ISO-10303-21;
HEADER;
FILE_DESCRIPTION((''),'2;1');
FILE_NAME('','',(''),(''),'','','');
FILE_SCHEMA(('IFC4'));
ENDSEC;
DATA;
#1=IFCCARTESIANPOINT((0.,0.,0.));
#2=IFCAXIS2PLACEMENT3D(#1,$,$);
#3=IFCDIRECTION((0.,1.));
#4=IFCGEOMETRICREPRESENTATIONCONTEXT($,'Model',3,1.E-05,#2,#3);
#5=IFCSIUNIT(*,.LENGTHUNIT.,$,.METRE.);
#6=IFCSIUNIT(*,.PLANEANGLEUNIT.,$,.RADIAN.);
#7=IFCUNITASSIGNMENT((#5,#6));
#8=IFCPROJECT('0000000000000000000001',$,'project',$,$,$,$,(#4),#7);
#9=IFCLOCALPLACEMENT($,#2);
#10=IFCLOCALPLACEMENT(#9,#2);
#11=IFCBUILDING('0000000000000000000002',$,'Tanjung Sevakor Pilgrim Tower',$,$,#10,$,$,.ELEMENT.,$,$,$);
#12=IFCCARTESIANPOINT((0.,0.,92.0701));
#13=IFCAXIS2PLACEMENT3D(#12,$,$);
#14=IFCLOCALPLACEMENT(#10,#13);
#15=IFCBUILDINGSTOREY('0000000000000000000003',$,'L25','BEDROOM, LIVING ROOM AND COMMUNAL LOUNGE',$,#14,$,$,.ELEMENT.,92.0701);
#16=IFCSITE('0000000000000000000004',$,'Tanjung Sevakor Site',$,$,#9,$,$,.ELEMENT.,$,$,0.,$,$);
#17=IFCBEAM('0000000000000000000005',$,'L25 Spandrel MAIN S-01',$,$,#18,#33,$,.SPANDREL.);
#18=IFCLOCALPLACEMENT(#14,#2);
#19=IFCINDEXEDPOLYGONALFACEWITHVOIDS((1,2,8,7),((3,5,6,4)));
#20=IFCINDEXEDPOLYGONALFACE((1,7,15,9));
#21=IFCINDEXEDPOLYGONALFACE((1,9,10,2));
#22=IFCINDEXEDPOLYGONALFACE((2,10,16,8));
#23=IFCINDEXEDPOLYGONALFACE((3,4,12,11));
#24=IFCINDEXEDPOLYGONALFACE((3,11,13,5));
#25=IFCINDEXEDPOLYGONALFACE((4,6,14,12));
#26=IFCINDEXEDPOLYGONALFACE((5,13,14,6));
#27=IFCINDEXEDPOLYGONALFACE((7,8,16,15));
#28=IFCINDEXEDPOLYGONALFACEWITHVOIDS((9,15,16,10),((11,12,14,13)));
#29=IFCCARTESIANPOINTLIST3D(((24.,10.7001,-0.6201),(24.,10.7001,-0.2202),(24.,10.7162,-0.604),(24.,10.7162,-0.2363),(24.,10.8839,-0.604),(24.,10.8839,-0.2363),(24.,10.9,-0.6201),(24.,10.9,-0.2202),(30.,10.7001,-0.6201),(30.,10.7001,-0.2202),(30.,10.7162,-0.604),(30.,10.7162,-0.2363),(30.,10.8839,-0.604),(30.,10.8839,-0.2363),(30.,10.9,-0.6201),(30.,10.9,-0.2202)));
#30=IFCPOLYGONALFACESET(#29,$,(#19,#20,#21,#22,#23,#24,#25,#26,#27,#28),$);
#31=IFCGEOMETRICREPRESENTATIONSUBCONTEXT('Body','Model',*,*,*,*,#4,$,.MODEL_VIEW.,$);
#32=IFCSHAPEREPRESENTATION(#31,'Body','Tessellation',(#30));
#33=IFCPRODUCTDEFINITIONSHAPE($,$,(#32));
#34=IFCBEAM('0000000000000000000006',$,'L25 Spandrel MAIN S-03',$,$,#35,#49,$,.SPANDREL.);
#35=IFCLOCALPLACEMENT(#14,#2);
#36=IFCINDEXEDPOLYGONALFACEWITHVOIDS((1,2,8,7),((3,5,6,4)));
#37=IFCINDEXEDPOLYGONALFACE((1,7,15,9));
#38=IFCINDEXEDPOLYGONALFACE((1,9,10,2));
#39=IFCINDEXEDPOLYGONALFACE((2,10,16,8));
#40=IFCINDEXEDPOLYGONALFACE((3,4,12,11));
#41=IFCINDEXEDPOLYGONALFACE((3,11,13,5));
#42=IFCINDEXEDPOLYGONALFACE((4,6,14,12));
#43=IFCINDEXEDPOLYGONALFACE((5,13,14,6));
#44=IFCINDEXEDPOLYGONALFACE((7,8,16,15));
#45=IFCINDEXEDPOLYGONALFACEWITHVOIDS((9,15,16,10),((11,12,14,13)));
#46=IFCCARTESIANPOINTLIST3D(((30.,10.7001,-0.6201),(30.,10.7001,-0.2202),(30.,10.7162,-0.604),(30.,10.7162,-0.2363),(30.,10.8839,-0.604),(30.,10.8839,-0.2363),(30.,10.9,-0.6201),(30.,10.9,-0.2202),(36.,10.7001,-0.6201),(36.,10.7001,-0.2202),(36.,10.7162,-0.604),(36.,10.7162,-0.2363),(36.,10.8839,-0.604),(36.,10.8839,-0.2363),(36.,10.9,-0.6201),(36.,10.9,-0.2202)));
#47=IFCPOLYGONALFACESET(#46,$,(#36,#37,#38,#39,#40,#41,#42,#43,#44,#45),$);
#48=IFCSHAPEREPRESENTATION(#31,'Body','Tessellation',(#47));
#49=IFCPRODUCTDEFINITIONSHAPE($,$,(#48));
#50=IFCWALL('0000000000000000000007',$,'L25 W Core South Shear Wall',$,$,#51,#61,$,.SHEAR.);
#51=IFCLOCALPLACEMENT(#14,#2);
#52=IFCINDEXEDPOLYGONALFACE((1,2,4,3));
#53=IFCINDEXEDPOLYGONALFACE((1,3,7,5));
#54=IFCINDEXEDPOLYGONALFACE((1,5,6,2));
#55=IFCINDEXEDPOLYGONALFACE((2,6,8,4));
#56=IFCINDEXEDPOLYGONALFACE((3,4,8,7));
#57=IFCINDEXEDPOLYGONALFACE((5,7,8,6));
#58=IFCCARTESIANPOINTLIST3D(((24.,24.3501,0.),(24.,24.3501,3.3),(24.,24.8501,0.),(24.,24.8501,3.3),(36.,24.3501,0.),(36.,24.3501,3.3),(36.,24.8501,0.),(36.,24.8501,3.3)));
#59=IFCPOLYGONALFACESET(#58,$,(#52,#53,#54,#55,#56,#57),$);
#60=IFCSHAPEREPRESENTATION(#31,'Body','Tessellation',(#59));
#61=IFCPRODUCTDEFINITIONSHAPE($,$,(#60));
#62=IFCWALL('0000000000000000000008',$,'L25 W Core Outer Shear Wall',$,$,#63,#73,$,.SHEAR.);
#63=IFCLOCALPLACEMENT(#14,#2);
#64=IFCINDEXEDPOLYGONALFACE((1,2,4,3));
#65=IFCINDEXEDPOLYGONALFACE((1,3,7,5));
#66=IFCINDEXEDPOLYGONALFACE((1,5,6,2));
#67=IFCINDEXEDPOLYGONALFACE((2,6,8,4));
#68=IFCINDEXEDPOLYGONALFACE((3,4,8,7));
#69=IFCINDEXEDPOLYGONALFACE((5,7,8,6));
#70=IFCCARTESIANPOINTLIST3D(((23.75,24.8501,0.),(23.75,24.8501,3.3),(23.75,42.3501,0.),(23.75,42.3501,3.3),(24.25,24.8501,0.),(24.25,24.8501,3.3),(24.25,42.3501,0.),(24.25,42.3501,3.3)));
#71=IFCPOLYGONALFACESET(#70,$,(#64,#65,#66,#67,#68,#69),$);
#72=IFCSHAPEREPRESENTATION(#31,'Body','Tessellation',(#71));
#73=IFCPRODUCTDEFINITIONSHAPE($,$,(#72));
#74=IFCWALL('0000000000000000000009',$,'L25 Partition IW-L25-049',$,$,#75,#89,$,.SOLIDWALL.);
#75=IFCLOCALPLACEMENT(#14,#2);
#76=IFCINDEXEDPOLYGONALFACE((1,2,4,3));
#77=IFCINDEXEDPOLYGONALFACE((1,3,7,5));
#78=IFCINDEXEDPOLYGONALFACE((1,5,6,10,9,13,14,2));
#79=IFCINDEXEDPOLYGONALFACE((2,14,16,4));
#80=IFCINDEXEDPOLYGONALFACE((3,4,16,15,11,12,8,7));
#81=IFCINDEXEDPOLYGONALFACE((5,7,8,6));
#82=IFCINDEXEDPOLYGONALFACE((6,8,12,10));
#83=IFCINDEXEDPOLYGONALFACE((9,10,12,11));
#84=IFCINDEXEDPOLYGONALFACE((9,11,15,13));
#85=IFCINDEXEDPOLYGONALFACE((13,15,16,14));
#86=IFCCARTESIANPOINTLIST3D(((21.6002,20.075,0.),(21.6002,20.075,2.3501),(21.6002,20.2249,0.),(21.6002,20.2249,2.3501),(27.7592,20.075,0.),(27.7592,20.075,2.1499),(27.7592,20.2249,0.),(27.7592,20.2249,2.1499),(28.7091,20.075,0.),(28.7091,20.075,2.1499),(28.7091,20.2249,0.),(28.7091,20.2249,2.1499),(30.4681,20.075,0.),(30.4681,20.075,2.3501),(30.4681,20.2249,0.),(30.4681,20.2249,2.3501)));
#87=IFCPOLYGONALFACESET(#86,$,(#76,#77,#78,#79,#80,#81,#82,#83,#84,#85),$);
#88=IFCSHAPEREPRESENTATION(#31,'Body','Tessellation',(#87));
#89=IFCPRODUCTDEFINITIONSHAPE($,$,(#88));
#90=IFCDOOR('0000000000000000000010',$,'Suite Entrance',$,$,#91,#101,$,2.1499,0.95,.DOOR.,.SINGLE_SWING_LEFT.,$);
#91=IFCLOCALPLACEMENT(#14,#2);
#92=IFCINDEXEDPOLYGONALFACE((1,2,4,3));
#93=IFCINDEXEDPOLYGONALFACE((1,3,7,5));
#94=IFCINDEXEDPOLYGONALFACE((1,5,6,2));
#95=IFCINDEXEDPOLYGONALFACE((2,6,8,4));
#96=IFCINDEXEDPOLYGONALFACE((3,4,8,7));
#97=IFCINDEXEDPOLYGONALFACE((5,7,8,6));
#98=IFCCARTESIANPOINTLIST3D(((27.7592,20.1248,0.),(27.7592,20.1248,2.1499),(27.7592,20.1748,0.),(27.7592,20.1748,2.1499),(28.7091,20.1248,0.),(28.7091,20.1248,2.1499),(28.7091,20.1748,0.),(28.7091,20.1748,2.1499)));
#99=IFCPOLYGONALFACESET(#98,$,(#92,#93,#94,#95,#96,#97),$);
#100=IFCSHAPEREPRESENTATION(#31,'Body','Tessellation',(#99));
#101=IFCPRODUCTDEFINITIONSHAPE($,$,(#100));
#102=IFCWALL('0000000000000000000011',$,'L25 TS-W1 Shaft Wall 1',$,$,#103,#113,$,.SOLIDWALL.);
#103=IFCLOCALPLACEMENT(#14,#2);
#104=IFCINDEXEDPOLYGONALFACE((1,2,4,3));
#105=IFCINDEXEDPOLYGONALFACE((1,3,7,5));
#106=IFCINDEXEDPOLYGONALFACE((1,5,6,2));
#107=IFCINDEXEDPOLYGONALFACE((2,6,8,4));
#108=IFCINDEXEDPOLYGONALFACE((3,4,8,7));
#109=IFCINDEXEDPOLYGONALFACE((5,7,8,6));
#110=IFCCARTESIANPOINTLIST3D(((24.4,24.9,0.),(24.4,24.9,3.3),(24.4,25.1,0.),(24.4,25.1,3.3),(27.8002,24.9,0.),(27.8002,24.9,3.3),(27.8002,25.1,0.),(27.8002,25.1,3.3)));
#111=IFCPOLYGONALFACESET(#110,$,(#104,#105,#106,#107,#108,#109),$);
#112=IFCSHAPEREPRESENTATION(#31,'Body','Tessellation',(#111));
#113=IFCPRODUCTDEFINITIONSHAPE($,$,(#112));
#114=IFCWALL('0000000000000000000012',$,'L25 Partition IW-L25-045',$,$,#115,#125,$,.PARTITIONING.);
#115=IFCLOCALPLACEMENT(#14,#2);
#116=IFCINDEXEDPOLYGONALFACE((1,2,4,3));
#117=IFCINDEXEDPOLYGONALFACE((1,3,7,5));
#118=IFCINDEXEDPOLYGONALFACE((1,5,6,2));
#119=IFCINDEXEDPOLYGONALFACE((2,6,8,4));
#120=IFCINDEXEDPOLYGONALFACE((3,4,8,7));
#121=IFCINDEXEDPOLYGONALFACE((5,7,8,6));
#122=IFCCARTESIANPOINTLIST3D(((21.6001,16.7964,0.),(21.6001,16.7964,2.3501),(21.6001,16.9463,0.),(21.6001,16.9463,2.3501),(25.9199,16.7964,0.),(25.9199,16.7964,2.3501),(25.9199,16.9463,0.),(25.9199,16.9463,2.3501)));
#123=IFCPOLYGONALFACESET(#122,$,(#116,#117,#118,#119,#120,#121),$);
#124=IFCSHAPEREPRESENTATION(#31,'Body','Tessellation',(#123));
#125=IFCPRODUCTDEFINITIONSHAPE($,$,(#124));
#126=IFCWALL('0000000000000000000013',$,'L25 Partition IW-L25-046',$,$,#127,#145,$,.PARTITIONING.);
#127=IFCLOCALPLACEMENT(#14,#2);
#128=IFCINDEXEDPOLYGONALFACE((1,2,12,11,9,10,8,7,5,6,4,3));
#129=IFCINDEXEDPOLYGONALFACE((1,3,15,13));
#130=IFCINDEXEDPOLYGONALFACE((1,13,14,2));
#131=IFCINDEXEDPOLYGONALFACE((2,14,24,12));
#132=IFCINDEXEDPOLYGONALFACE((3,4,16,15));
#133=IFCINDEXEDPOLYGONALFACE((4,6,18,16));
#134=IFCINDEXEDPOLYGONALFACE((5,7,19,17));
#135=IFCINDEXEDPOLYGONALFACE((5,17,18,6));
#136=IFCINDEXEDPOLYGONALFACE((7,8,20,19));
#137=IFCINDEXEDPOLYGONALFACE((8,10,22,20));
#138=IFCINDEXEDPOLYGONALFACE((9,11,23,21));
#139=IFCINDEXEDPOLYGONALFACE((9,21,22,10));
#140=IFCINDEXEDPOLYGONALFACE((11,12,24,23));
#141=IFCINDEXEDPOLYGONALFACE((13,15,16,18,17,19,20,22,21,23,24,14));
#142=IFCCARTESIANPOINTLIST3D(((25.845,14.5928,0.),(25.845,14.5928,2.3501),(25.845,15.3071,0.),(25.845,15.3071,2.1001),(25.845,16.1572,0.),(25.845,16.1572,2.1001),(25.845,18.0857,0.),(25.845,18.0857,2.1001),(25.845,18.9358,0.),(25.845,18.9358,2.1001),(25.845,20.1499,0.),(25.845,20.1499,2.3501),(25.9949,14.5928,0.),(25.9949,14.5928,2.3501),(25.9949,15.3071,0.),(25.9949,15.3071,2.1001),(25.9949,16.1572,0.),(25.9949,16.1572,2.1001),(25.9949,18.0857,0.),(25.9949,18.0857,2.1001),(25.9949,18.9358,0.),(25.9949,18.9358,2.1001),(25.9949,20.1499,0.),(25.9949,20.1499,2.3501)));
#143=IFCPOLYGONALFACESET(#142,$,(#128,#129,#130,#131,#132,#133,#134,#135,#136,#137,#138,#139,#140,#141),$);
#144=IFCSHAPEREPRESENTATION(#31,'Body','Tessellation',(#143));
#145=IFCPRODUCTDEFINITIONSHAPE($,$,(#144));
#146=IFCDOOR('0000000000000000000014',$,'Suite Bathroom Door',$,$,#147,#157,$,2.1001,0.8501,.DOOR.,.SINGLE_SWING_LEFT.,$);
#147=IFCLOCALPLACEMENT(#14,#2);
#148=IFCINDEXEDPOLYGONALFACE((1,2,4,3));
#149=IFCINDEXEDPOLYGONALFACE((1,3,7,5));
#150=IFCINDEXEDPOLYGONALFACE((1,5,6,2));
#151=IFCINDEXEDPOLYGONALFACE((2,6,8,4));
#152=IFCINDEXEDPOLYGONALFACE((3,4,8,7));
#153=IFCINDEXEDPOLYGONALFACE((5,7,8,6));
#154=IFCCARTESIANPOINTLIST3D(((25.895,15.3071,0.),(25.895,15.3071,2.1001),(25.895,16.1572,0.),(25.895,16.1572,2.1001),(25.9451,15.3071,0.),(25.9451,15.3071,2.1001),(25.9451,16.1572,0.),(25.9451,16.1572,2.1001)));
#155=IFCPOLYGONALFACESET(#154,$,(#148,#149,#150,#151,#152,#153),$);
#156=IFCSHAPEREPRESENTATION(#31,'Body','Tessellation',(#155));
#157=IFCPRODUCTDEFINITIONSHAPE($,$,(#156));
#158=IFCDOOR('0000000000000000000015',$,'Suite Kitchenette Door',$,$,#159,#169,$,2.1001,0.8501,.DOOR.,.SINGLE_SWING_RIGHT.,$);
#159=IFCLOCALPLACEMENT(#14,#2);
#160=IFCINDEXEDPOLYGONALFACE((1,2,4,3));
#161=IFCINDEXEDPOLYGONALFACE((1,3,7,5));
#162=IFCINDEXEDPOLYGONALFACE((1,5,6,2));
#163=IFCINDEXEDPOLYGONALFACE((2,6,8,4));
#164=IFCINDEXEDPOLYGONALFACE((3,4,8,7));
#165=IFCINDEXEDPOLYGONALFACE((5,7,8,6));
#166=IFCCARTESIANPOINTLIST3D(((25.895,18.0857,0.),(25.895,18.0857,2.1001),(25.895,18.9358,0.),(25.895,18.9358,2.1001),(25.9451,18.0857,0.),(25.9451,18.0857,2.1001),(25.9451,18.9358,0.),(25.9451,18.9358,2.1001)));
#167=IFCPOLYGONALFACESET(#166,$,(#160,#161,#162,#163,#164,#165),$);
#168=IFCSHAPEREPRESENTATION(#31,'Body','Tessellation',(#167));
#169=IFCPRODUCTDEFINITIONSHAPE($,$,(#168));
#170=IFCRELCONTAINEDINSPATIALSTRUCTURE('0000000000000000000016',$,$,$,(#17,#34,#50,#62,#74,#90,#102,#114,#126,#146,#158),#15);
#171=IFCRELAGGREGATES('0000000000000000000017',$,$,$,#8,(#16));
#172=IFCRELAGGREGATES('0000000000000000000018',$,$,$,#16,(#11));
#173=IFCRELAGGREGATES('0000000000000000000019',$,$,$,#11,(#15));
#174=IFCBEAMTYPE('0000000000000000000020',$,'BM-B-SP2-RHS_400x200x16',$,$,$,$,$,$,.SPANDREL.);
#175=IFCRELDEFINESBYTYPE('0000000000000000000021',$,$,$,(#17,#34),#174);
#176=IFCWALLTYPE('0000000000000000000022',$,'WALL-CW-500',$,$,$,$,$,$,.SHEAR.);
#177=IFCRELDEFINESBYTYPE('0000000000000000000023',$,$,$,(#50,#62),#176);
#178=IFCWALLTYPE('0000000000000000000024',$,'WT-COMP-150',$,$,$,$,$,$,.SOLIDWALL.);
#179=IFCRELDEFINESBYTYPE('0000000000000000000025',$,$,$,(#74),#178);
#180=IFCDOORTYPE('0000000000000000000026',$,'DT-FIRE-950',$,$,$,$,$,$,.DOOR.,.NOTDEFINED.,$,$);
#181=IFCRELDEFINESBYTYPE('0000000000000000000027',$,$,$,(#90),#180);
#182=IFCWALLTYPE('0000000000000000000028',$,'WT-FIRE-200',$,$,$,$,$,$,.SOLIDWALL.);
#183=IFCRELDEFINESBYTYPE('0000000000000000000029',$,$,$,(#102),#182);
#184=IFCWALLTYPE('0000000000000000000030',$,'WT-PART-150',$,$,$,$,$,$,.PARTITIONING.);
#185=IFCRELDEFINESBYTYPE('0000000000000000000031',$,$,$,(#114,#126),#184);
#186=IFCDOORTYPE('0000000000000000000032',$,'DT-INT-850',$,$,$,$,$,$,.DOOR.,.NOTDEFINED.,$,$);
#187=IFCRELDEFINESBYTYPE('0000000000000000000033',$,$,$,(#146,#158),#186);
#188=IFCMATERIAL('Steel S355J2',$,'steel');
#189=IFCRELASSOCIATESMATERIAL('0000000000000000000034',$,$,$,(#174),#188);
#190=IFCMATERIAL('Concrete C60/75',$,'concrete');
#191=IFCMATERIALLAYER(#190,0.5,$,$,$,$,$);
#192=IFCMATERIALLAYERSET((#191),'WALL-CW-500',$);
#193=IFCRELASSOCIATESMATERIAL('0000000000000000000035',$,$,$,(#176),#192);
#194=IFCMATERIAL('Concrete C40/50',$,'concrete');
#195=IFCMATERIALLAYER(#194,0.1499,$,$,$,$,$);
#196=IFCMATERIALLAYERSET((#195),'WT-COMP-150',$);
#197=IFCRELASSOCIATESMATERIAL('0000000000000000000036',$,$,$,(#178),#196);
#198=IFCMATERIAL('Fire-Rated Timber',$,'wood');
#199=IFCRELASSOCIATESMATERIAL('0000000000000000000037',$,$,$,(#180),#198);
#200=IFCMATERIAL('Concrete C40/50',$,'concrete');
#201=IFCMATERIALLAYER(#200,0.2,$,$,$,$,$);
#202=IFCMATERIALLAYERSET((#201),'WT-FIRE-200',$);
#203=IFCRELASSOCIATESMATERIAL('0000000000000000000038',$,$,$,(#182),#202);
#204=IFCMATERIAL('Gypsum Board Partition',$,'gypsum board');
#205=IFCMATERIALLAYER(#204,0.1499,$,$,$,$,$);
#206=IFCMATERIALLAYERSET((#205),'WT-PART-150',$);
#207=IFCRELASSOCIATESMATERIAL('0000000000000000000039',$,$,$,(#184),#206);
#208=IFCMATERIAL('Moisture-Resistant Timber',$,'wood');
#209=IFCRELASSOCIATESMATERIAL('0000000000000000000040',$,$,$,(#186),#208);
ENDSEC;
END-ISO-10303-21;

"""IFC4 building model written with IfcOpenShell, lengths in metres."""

from ifc_helpers import new_model, si_unit, direction, frame, frame_2d, origin, origin_2d, place, context, subcontext, project, spatial, rectangle, hollow_rectangle, extrude, material, layer, layer_set, material_profile, profile_set, type_object, element, fill, save


model = new_model("IFC4")

# Units and contexts
model_context = context("Model", 3, precision=1e-05, world=origin(), true_north=direction((0.0, 1.0)))
body_context = subcontext(model_context, "Body", "Model", "MODEL_VIEW")
ifc_project = project(units=[si_unit("LENGTHUNIT", "METRE"), si_unit("PLANEANGLEUNIT", "RADIAN")], contexts=[model_context])

# Site, building, storey
site_placement = place(None, origin())
site = spatial("IfcSite", under=ifc_project, at=site_placement, Name="Tanjung Sevakor Site", CompositionType="ELEMENT", RefElevation=0.0)
building_placement = place(site_placement, origin())
building = spatial("IfcBuilding", under=site, at=building_placement, Name="Tanjung Sevakor Pilgrim Tower", CompositionType="ELEMENT")
storey_placement = place(building_placement, frame((0.0, 0.0, 92.0701)))
storey = spatial("IfcBuildingStorey", under=building, at=storey_placement, Name="L25", Description="BEDROOM, LIVING ROOM AND COMMUNAL LOUNGE", CompositionType="ELEMENT", Elevation=92.0701)

# Beams
ifc_material_1 = material(Name="Steel S355J2", Category="steel")
ifc_material_profile_1 = material_profile(ifc_material_1, hollow_rectangle(XDim=0.2, YDim=0.3999, WallThickness=0.0161, at=origin_2d()))
ifc_profile_set_1 = profile_set([ifc_material_profile_1], Name="Steel S355J2")
beam_type_1 = type_object("IfcBeamType", Name="BM-B-SP2-RHS_400x200x16", PredefinedType="SPANDREL", material=ifc_profile_set_1)
for number, where, z_axis, x_axis, name in (
    (1, (24.0, 10.8, -0.4202), (1.0, 0.0, 0.0), (0.0, 1.0, 0.0), "L25 Spandrel MAIN S-01"),
    (2, (30.0, 10.8, -0.4202), (1.0, 0.0, 0.0), (0.0, 1.0, 0.0), "L25 Spandrel MAIN S-03"),
):
    element("IfcBeam", number, at=place(storey_placement, frame(where, z_axis=z_axis, x_axis=x_axis)), inside=storey, type_object=beam_type_1, Name=name, PredefinedType="SPANDREL", context=body_context, shape_type="SweptSolid", body=[
        extrude(hollow_rectangle(XDim=0.2, YDim=0.3999, WallThickness=0.0161, at=origin_2d()), origin(), (0.0, 0.0, 1.0), 6.0),
    ])

# Walls
ifc_material_2 = material(Name="Concrete C60/75", Category="concrete")
ifc_layer_1 = layer(ifc_material_2, 0.5)
ifc_layer_set_1 = layer_set([ifc_layer_1], Name="WALL-CW-500")
wall_type_1 = type_object("IfcWallType", Name="WALL-CW-500", PredefinedType="SHEAR", material=ifc_layer_set_1)
wall_1_placement = place(storey_placement, frame((24.0, 24.6001, 0.0), z_axis=(0.0, 0.0, 1.0), x_axis=(1.0, 0.0, 0.0)))
element("IfcWall", 3, at=wall_1_placement, inside=storey, type_object=wall_type_1, Name="L25 W Core South Shear Wall", PredefinedType="SHEAR", context=body_context, shape_type="SweptSolid", body=[
    extrude(rectangle(XDim=12.0, YDim=0.5, at=frame_2d((6.0, 0.0))), origin(), (0.0, 0.0, 1.0), 3.3),
])
wall_2_placement = place(storey_placement, frame((24.0, 24.8501, 0.0), z_axis=(0.0, 0.0, 1.0), x_axis=(0.0, 1.0, 0.0)))
element("IfcWall", 4, at=wall_2_placement, inside=storey, type_object=wall_type_1, Name="L25 W Core Outer Shear Wall", PredefinedType="SHEAR", context=body_context, shape_type="SweptSolid", body=[
    extrude(rectangle(XDim=17.5, YDim=0.5, at=frame_2d((8.75, 0.0))), origin(), (0.0, 0.0, 1.0), 3.3),
])

# Wall, opening, door
ifc_material_3 = material(Name="Concrete C40/50", Category="concrete")
ifc_layer_2 = layer(ifc_material_3, 0.1499)
ifc_layer_set_2 = layer_set([ifc_layer_2], Name="WT-COMP-150")
wall_type_2 = type_object("IfcWallType", Name="WT-COMP-150", PredefinedType="SOLIDWALL", material=ifc_layer_set_2)
wall_3_placement = place(storey_placement, frame((21.6001, 20.1499, 0.0), z_axis=(0.0, 0.0, 1.0), x_axis=(1.0, 0.0, 0.0)))
wall_3 = element("IfcWall", 5, at=wall_3_placement, inside=storey, type_object=wall_type_2, Name="L25 Partition IW-L25-049", PredefinedType="SOLIDWALL", context=body_context, shape_type="SweptSolid", body=[
    extrude(rectangle(XDim=8.8679, YDim=0.1499, at=frame_2d((4.4341, 0.0))), origin(), (0.0, 0.0, 1.0), 2.3501),
])
opening_1_placement = place(wall_3_placement, frame((6.1589, 0.0, 0.0)))
opening_1 = element("IfcOpeningElement", 6, at=opening_1_placement, cuts=wall_3, PredefinedType="OPENING", context=body_context, shape_type="SweptSolid", body=[
    extrude(rectangle(XDim=0.95, YDim=2.1499, at=frame_2d((0.4751, 1.075))), frame((0.0, 0.085, 0.0), z_axis=(0.0, -1.0, 0.0), x_axis=(1.0, 0.0, 0.0)), (0.0, 0.0, 1.0), 0.1699),
])
ifc_material_4 = material(Name="Fire-Rated Timber", Category="wood")
door_type_1 = type_object("IfcDoorType", Name="DT-FIRE-950", OperationType="NOTDEFINED", PredefinedType="DOOR", material=ifc_material_4)
door_1_placement = place(opening_1_placement, origin())
door_1 = element("IfcDoor", 7, at=door_1_placement, inside=storey, type_object=door_type_1, Name="Suite Entrance", OperationType="SINGLE_SWING_LEFT", OverallHeight=2.1499, OverallWidth=0.95, PredefinedType="DOOR", context=body_context, shape_type="SweptSolid", body=[
    extrude(rectangle(XDim=0.95, YDim=2.1499, at=frame_2d((0.4751, 1.075))), frame((0.0, 0.0249, 0.0), z_axis=(0.0, -1.0, 0.0), x_axis=(1.0, 0.0, 0.0)), (0.0, 0.0, 1.0), 0.05),
])
fill(opening_1, door_1)

# Walls
ifc_material_5 = material(Name="Concrete C40/50", Category="concrete")
ifc_layer_3 = layer(ifc_material_5, 0.2)
ifc_layer_set_3 = layer_set([ifc_layer_3], Name="WT-FIRE-200")
wall_type_3 = type_object("IfcWallType", Name="WT-FIRE-200", PredefinedType="SOLIDWALL", material=ifc_layer_set_3)
wall_4_placement = place(storey_placement, frame((24.3999, 25.0, 0.0), z_axis=(0.0, 0.0, 1.0), x_axis=(1.0, 0.0, 0.0)))
element("IfcWall", 8, at=wall_4_placement, inside=storey, type_object=wall_type_3, Name="L25 TS-W1 Shaft Wall 1", PredefinedType="SOLIDWALL", context=body_context, shape_type="SweptSolid", body=[
    extrude(rectangle(XDim=3.4001, YDim=0.2, at=frame_2d((1.7002, 0.0))), origin(), (0.0, 0.0, 1.0), 3.3),
])
ifc_material_6 = material(Name="Gypsum Board Partition", Category="gypsum board")
ifc_layer_4 = layer(ifc_material_6, 0.1499)
ifc_layer_set_4 = layer_set([ifc_layer_4], Name="WT-PART-150")
wall_type_4 = type_object("IfcWallType", Name="WT-PART-150", PredefinedType="PARTITIONING", material=ifc_layer_set_4)
wall_5_placement = place(storey_placement, frame((21.6001, 16.8713, 0.0), z_axis=(0.0, 0.0, 1.0), x_axis=(1.0, 0.0, 0.0)))
element("IfcWall", 9, at=wall_5_placement, inside=storey, type_object=wall_type_4, Name="L25 Partition IW-L25-045", PredefinedType="PARTITIONING", context=body_context, shape_type="SweptSolid", body=[
    extrude(rectangle(XDim=4.3198, YDim=0.1499, at=frame_2d((2.1599, 0.0))), origin(), (0.0, 0.0, 1.0), 2.3501),
])

# Wall, openings, doors
wall_6_placement = place(storey_placement, frame((25.9199, 14.5928, 0.0), z_axis=(0.0, 0.0, 1.0), x_axis=(0.0, 1.0, 0.0)))
wall_6 = element("IfcWall", 10, at=wall_6_placement, inside=storey, type_object=wall_type_4, Name="L25 Partition IW-L25-046", PredefinedType="PARTITIONING", context=body_context, shape_type="SweptSolid", body=[
    extrude(rectangle(XDim=5.5571, YDim=0.1499, at=frame_2d((2.7786, 0.0))), origin(), (0.0, 0.0, 1.0), 2.3501),
])
opening_2_placement = place(wall_6_placement, frame((0.7144, 0.0, 0.0)))
opening_2 = element("IfcOpeningElement", 11, at=opening_2_placement, cuts=wall_6, PredefinedType="OPENING", context=body_context, shape_type="SweptSolid", body=[
    extrude(rectangle(XDim=0.8501, YDim=2.1001, at=frame_2d((0.425, 1.05))), frame((0.0, 0.085, 0.0), z_axis=(0.0, -1.0, 0.0), x_axis=(1.0, 0.0, 0.0)), (0.0, 0.0, 1.0), 0.1699),
])
opening_3_placement = place(wall_6_placement, frame((3.4929, 0.0, 0.0)))
opening_3 = element("IfcOpeningElement", 12, at=opening_3_placement, cuts=wall_6, PredefinedType="OPENING", context=body_context, shape_type="SweptSolid", body=[
    extrude(rectangle(XDim=0.8501, YDim=2.1001, at=frame_2d((0.425, 1.05))), frame((0.0, 0.085, 0.0), z_axis=(0.0, -1.0, 0.0), x_axis=(1.0, 0.0, 0.0)), (0.0, 0.0, 1.0), 0.1699),
])
ifc_material_7 = material(Name="Moisture-Resistant Timber", Category="wood")
door_type_2 = type_object("IfcDoorType", Name="DT-INT-850", OperationType="NOTDEFINED", PredefinedType="DOOR", material=ifc_material_7)
door_2_placement = place(opening_2_placement, origin())
door_2 = element("IfcDoor", 13, at=door_2_placement, inside=storey, type_object=door_type_2, Name="Suite Bathroom Door", OperationType="SINGLE_SWING_LEFT", OverallHeight=2.1001, OverallWidth=0.8501, PredefinedType="DOOR", context=body_context, shape_type="SweptSolid", body=[
    extrude(rectangle(XDim=0.8501, YDim=2.1001, at=frame_2d((0.425, 1.05))), frame((0.0, 0.0249, 0.0), z_axis=(0.0, -1.0, 0.0), x_axis=(1.0, 0.0, 0.0)), (0.0, 0.0, 1.0), 0.05),
])
fill(opening_2, door_2)
door_3_placement = place(opening_3_placement, origin())
door_3 = element("IfcDoor", 14, at=door_3_placement, inside=storey, type_object=door_type_2, Name="Suite Kitchenette Door", OperationType="SINGLE_SWING_RIGHT", OverallHeight=2.1001, OverallWidth=0.8501, PredefinedType="DOOR", context=body_context, shape_type="SweptSolid", body=[
    extrude(rectangle(XDim=0.8501, YDim=2.1001, at=frame_2d((0.425, 1.05))), frame((0.0, 0.0249, 0.0), z_axis=(0.0, -1.0, 0.0), x_axis=(1.0, 0.0, 0.0)), (0.0, 0.0, 1.0), 0.05),
])
fill(opening_3, door_3)

save(model, "model.ifc")
